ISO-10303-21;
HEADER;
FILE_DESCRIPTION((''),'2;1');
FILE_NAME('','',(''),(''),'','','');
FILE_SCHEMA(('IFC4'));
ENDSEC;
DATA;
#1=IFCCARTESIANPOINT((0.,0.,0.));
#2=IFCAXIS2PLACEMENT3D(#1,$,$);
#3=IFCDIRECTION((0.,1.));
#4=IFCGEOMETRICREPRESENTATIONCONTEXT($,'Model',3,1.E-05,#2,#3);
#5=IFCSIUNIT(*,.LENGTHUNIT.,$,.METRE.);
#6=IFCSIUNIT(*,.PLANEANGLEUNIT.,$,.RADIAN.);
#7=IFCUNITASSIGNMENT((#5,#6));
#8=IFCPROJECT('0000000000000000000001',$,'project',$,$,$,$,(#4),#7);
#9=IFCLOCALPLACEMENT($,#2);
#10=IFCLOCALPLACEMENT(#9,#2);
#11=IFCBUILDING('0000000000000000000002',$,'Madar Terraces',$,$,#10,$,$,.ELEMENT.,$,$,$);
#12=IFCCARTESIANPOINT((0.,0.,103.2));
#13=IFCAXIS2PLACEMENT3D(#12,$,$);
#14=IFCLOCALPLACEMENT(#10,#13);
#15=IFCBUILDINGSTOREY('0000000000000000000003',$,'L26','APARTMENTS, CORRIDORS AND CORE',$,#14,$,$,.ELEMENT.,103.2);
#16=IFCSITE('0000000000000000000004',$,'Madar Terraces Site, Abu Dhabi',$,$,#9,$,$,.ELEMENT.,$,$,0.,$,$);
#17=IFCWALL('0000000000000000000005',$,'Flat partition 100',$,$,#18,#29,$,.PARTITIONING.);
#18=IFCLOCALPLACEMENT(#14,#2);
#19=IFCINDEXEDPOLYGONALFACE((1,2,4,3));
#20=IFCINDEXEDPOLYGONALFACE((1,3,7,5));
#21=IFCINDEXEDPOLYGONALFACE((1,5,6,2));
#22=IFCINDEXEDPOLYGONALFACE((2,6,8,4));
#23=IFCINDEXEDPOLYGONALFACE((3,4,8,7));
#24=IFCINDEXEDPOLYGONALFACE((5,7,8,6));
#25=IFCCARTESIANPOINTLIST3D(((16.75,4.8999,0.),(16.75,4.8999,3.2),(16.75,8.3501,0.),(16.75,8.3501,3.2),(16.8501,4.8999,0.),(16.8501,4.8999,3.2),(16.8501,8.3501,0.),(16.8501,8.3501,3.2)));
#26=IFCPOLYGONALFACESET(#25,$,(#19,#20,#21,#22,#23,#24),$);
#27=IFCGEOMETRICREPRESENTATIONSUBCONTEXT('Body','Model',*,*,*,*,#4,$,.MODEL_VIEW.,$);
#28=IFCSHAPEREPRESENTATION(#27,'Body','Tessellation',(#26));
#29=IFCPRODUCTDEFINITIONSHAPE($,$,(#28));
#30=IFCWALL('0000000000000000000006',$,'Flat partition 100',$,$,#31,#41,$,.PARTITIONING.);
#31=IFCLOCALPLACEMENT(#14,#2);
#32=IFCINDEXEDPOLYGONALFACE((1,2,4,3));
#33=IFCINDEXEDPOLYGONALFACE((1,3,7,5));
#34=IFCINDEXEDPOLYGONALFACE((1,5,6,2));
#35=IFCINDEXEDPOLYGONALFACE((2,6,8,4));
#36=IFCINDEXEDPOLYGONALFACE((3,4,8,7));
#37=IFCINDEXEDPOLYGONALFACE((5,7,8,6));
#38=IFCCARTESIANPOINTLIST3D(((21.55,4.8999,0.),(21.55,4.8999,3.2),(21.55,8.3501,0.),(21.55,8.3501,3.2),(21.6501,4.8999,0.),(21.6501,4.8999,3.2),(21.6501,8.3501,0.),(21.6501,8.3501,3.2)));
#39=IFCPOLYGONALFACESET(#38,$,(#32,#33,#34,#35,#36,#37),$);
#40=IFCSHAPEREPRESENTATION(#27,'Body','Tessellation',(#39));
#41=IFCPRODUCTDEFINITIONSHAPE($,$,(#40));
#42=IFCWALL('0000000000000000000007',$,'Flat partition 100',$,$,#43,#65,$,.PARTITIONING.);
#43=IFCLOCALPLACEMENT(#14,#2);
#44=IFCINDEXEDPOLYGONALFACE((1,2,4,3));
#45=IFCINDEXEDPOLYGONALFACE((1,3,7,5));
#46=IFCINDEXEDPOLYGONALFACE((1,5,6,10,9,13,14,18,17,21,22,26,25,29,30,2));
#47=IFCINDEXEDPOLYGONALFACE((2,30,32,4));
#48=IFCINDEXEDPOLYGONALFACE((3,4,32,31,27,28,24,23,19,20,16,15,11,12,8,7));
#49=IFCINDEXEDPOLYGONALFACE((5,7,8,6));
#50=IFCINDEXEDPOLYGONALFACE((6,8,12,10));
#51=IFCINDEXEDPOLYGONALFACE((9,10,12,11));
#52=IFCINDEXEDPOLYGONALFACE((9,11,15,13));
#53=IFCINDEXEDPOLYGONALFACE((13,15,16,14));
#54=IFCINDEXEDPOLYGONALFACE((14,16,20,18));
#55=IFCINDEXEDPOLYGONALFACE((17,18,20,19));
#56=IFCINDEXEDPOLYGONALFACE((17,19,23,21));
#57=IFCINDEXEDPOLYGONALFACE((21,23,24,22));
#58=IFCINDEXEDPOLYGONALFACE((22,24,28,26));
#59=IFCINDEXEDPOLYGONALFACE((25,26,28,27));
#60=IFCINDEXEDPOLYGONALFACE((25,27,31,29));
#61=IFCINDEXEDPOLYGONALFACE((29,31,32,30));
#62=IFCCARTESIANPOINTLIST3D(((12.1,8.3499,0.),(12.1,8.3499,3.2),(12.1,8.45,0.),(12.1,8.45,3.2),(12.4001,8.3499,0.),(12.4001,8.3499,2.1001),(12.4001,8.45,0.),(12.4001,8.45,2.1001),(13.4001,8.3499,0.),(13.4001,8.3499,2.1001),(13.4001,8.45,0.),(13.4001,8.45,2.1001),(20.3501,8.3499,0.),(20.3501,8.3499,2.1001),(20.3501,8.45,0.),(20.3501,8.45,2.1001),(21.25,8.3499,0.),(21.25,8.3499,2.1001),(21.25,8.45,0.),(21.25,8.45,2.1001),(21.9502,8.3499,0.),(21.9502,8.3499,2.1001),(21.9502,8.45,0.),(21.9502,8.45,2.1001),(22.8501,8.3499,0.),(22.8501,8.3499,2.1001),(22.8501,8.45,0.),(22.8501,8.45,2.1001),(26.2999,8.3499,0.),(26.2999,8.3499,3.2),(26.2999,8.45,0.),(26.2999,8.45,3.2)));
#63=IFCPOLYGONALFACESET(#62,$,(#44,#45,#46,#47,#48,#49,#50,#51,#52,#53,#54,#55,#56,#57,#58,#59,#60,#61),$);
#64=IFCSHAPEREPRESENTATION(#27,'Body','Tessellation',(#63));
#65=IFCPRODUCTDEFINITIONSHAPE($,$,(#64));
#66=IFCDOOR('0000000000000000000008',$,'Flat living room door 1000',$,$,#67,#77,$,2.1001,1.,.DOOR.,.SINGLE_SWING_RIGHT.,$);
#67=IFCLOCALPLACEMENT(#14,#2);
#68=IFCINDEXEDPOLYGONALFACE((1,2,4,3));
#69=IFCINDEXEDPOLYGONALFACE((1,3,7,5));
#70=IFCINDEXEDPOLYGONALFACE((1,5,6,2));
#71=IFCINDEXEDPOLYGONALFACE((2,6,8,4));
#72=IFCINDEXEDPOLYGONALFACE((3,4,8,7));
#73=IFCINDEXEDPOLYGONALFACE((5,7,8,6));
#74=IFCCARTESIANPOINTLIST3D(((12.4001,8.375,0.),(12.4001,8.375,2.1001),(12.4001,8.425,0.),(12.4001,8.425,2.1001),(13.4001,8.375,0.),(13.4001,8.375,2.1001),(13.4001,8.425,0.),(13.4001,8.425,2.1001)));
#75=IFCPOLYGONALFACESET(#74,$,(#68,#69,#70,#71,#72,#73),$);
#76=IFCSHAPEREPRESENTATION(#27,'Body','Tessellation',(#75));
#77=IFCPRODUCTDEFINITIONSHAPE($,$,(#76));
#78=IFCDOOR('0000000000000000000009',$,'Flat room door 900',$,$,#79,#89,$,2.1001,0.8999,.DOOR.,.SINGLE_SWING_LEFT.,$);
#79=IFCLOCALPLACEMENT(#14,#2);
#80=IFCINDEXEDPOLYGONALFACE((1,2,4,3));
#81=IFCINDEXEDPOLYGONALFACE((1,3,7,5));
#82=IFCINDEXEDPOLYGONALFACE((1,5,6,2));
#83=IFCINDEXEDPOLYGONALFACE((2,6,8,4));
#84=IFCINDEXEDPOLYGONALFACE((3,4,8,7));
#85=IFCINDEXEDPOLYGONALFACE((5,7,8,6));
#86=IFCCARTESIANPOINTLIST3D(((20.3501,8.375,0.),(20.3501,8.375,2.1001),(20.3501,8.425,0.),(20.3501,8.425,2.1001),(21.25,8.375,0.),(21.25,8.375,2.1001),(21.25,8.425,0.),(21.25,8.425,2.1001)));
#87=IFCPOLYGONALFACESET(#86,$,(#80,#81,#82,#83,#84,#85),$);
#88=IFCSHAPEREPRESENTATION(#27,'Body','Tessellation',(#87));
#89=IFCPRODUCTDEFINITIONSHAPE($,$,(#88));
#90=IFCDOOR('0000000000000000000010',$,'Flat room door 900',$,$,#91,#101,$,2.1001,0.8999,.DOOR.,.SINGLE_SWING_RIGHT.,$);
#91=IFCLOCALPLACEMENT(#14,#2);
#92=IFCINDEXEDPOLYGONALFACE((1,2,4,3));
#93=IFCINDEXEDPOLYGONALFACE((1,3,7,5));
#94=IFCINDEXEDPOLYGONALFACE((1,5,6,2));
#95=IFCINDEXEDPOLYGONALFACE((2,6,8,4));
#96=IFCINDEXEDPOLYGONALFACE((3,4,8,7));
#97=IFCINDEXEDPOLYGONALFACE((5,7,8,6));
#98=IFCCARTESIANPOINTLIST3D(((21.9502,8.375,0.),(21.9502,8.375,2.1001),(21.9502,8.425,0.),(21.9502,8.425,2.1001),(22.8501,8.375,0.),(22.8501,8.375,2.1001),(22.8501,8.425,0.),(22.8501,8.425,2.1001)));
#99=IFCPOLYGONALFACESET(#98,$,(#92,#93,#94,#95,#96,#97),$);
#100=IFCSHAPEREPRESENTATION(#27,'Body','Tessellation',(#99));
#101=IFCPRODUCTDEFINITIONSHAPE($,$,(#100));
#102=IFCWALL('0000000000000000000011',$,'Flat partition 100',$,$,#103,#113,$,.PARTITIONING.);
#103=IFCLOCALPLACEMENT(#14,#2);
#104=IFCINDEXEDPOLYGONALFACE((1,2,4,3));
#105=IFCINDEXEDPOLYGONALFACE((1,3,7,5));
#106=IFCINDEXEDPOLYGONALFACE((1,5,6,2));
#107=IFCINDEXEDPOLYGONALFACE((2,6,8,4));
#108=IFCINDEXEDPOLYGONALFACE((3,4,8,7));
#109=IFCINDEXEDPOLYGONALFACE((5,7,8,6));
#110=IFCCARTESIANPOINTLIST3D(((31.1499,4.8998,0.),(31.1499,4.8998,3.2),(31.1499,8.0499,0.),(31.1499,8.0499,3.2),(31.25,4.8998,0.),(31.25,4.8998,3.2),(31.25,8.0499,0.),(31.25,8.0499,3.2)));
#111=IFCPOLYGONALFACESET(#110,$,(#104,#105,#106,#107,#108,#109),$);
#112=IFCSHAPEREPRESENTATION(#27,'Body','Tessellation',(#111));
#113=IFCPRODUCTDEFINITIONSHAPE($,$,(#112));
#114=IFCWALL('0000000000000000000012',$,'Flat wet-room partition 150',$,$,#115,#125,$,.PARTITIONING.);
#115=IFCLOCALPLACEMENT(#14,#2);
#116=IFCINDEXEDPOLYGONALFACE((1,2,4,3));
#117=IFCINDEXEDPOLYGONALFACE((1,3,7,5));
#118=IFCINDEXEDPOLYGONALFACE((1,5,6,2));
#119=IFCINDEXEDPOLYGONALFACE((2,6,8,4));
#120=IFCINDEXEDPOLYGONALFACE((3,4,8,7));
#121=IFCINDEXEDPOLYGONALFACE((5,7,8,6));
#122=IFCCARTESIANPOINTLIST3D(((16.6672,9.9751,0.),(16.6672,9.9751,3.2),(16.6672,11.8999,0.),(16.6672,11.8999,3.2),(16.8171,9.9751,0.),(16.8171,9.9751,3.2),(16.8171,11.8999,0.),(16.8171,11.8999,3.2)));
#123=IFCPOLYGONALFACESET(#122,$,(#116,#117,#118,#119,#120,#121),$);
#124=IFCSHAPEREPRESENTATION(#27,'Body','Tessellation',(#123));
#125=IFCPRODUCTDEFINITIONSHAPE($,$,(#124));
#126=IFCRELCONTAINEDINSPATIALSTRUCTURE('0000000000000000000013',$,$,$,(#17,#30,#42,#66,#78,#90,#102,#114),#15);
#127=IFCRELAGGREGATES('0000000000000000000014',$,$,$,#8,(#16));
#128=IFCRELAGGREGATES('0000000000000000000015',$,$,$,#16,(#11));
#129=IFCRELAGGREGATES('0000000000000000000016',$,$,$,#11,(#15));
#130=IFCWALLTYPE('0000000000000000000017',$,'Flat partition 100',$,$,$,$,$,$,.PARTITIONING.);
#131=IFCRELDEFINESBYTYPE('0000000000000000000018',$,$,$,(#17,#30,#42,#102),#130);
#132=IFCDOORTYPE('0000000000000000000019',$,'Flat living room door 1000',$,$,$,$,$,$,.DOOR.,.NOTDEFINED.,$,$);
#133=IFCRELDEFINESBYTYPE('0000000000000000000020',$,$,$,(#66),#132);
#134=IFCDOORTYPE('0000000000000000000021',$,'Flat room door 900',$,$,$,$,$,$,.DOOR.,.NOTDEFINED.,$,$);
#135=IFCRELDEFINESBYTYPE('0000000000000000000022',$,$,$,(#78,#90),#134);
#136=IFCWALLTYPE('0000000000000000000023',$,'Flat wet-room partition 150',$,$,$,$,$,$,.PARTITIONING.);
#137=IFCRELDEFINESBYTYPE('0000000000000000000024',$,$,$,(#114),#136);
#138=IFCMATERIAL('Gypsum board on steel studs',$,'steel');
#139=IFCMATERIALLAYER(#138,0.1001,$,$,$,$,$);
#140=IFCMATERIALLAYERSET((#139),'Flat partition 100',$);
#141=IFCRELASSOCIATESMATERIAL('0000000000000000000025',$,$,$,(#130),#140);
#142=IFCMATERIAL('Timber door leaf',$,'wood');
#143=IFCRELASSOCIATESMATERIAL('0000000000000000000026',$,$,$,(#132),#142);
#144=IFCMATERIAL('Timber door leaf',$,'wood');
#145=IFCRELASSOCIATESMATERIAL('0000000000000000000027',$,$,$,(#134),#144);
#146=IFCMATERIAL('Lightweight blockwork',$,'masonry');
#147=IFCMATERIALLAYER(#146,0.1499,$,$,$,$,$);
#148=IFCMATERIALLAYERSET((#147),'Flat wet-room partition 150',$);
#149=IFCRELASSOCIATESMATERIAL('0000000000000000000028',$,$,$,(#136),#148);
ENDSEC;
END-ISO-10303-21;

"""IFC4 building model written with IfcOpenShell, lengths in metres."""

from ifc_helpers import new_model, si_unit, direction, frame, frame_2d, origin, place, context, subcontext, project, spatial, rectangle, extrude, material, layer, layer_set, type_object, element, fill, save


model = new_model("IFC4")

# Units and contexts
model_context = context("Model", 3, precision=1e-05, world=origin(), true_north=direction((0.0, 1.0)))
body_context = subcontext(model_context, "Body", "Model", "MODEL_VIEW")
ifc_project = project(units=[si_unit("LENGTHUNIT", "METRE"), si_unit("PLANEANGLEUNIT", "RADIAN")], contexts=[model_context])

# Site, building, storey
site_placement = place(None, origin())
site = spatial("IfcSite", under=ifc_project, at=site_placement, Name="Madar Terraces Site, Abu Dhabi", CompositionType="ELEMENT", RefElevation=0.0)
building_placement = place(site_placement, origin())
building = spatial("IfcBuilding", under=site, at=building_placement, Name="Madar Terraces", CompositionType="ELEMENT")
storey_placement = place(building_placement, frame((0.0, 0.0, 103.2)))
storey = spatial("IfcBuildingStorey", under=building, at=storey_placement, Name="L26", Description="APARTMENTS, CORRIDORS AND CORE", CompositionType="ELEMENT", Elevation=103.2)

# Walls
ifc_material_1 = material(Name="Gypsum board on steel studs", Category="steel")
ifc_layer_1 = layer(ifc_material_1, 0.1001)
ifc_layer_set_1 = layer_set([ifc_layer_1], Name="Flat partition 100")
wall_type_1 = type_object("IfcWallType", Name="Flat partition 100", PredefinedType="PARTITIONING", material=ifc_layer_set_1)
for number, where, z_axis, x_axis, name in (
    (1, (16.8, 8.3501, 0.0), (0.0, 0.0, 1.0), (0.0, -1.0, 0.0), "Flat partition 100"),
    (2, (21.6001, 8.3501, 0.0), (0.0, 0.0, 1.0), (0.0, -1.0, 0.0), "Flat partition 100"),
):
    element("IfcWall", number, at=place(storey_placement, frame(where, z_axis=z_axis, x_axis=x_axis)), inside=storey, type_object=wall_type_1, Name=name, PredefinedType="PARTITIONING", context=body_context, shape_type="SweptSolid", body=[
        extrude(rectangle(XDim=3.4502, YDim=0.1001, at=frame_2d((1.7251, 0.0))), origin(), (0.0, 0.0, 1.0), 3.2),
    ])

# Wall, openings, doors
wall_1_placement = place(storey_placement, frame((26.3, 8.3999, 0.0), z_axis=(0.0, 0.0, 1.0), x_axis=(-1.0, 0.0, 0.0)))
wall_1 = element("IfcWall", 3, at=wall_1_placement, inside=storey, type_object=wall_type_1, Name="Flat partition 100", PredefinedType="PARTITIONING", context=body_context, shape_type="SweptSolid", body=[
    extrude(rectangle(XDim=14.2, YDim=0.1001, at=frame_2d((7.1001, 0.0))), origin(), (0.0, 0.0, 1.0), 3.2),
])
opening_1_placement = place(wall_1_placement, frame((12.8999, 0.0, 0.0)))
opening_1 = element("IfcOpeningElement", 4, at=opening_1_placement, cuts=wall_1, PredefinedType="OPENING", context=body_context, shape_type="SweptSolid", body=[
    extrude(rectangle(XDim=1.0, YDim=2.1001, at=frame_2d((0.5, 1.05))), frame((0.0, 0.0601, 0.0), z_axis=(0.0, -1.0, 0.0), x_axis=(1.0, 0.0, 0.0)), (0.0, 0.0, 1.0), 0.1201),
])
opening_2_placement = place(wall_1_placement, frame((5.05, 0.0, 0.0)))
opening_2 = element("IfcOpeningElement", 5, at=opening_2_placement, cuts=wall_1, PredefinedType="OPENING", context=body_context, shape_type="SweptSolid", body=[
    extrude(rectangle(XDim=0.8999, YDim=2.1001, at=frame_2d((0.45, 1.05))), frame((0.0, 0.0601, 0.0), z_axis=(0.0, -1.0, 0.0), x_axis=(1.0, 0.0, 0.0)), (0.0, 0.0, 1.0), 0.1201),
])
opening_3_placement = place(wall_1_placement, frame((3.45, 0.0, 0.0)))
opening_3 = element("IfcOpeningElement", 6, at=opening_3_placement, cuts=wall_1, PredefinedType="OPENING", context=body_context, shape_type="SweptSolid", body=[
    extrude(rectangle(XDim=0.8999, YDim=2.1001, at=frame_2d((0.45, 1.05))), frame((0.0, 0.0601, 0.0), z_axis=(0.0, -1.0, 0.0), x_axis=(1.0, 0.0, 0.0)), (0.0, 0.0, 1.0), 0.1201),
])
ifc_material_2 = material(Name="Timber door leaf", Category="wood")
door_type_1 = type_object("IfcDoorType", Name="Flat living room door 1000", OperationType="NOTDEFINED", PredefinedType="DOOR", material=ifc_material_2)
door_1_placement = place(opening_1_placement, origin())
door_1 = element("IfcDoor", 7, at=door_1_placement, inside=storey, type_object=door_type_1, Name="Flat living room door 1000", OperationType="SINGLE_SWING_RIGHT", OverallHeight=2.1001, OverallWidth=1.0, PredefinedType="DOOR", context=body_context, shape_type="SweptSolid", body=[
    extrude(rectangle(XDim=1.0, YDim=2.1001, at=frame_2d((0.5, 1.05))), frame((0.0, 0.0249, 0.0), z_axis=(0.0, -1.0, 0.0), x_axis=(1.0, 0.0, 0.0)), (0.0, 0.0, 1.0), 0.05),
])
fill(opening_1, door_1)
ifc_material_3 = material(Name="Timber door leaf", Category="wood")
door_type_2 = type_object("IfcDoorType", Name="Flat room door 900", OperationType="NOTDEFINED", PredefinedType="DOOR", material=ifc_material_3)
door_2_placement = place(opening_2_placement, origin())
door_2 = element("IfcDoor", 8, at=door_2_placement, inside=storey, type_object=door_type_2, Name="Flat room door 900", OperationType="SINGLE_SWING_LEFT", OverallHeight=2.1001, OverallWidth=0.8999, PredefinedType="DOOR", context=body_context, shape_type="SweptSolid", body=[
    extrude(rectangle(XDim=0.8999, YDim=2.1001, at=frame_2d((0.45, 1.05))), frame((0.0, 0.0249, 0.0), z_axis=(0.0, -1.0, 0.0), x_axis=(1.0, 0.0, 0.0)), (0.0, 0.0, 1.0), 0.05),
])
fill(opening_2, door_2)
door_3_placement = place(opening_3_placement, origin())
door_3 = element("IfcDoor", 9, at=door_3_placement, inside=storey, type_object=door_type_2, Name="Flat room door 900", OperationType="SINGLE_SWING_RIGHT", OverallHeight=2.1001, OverallWidth=0.8999, PredefinedType="DOOR", context=body_context, shape_type="SweptSolid", body=[
    extrude(rectangle(XDim=0.8999, YDim=2.1001, at=frame_2d((0.45, 1.05))), frame((0.0, 0.0249, 0.0), z_axis=(0.0, -1.0, 0.0), x_axis=(1.0, 0.0, 0.0)), (0.0, 0.0, 1.0), 0.05),
])
fill(opening_3, door_3)

# Walls
wall_2_placement = place(storey_placement, frame((31.2, 8.05, 0.0), z_axis=(0.0, 0.0, 1.0), x_axis=(0.0, -1.0, 0.0)))
element("IfcWall", 10, at=wall_2_placement, inside=storey, type_object=wall_type_1, Name="Flat partition 100", PredefinedType="PARTITIONING", context=body_context, shape_type="SweptSolid", body=[
    extrude(rectangle(XDim=3.1501, YDim=0.1001, at=frame_2d((1.5752, 0.0))), origin(), (0.0, 0.0, 1.0), 3.2),
])
ifc_material_4 = material(Name="Lightweight blockwork", Category="masonry")
ifc_layer_2 = layer(ifc_material_4, 0.1499)
ifc_layer_set_2 = layer_set([ifc_layer_2], Name="Flat wet-room partition 150")
wall_type_2 = type_object("IfcWallType", Name="Flat wet-room partition 150", PredefinedType="PARTITIONING", material=ifc_layer_set_2)
wall_3_placement = place(storey_placement, frame((16.7422, 11.8999, 0.0), z_axis=(0.0, 0.0, 1.0), x_axis=(0.0, -1.0, 0.0)))
element("IfcWall", 11, at=wall_3_placement, inside=storey, type_object=wall_type_2, Name="Flat wet-room partition 150", PredefinedType="PARTITIONING", context=body_context, shape_type="SweptSolid", body=[
    extrude(rectangle(XDim=1.9248, YDim=0.1499, at=frame_2d((0.9624, 0.0))), origin(), (0.0, 0.0, 1.0), 3.2),
])

save(model, "model.ifc")
